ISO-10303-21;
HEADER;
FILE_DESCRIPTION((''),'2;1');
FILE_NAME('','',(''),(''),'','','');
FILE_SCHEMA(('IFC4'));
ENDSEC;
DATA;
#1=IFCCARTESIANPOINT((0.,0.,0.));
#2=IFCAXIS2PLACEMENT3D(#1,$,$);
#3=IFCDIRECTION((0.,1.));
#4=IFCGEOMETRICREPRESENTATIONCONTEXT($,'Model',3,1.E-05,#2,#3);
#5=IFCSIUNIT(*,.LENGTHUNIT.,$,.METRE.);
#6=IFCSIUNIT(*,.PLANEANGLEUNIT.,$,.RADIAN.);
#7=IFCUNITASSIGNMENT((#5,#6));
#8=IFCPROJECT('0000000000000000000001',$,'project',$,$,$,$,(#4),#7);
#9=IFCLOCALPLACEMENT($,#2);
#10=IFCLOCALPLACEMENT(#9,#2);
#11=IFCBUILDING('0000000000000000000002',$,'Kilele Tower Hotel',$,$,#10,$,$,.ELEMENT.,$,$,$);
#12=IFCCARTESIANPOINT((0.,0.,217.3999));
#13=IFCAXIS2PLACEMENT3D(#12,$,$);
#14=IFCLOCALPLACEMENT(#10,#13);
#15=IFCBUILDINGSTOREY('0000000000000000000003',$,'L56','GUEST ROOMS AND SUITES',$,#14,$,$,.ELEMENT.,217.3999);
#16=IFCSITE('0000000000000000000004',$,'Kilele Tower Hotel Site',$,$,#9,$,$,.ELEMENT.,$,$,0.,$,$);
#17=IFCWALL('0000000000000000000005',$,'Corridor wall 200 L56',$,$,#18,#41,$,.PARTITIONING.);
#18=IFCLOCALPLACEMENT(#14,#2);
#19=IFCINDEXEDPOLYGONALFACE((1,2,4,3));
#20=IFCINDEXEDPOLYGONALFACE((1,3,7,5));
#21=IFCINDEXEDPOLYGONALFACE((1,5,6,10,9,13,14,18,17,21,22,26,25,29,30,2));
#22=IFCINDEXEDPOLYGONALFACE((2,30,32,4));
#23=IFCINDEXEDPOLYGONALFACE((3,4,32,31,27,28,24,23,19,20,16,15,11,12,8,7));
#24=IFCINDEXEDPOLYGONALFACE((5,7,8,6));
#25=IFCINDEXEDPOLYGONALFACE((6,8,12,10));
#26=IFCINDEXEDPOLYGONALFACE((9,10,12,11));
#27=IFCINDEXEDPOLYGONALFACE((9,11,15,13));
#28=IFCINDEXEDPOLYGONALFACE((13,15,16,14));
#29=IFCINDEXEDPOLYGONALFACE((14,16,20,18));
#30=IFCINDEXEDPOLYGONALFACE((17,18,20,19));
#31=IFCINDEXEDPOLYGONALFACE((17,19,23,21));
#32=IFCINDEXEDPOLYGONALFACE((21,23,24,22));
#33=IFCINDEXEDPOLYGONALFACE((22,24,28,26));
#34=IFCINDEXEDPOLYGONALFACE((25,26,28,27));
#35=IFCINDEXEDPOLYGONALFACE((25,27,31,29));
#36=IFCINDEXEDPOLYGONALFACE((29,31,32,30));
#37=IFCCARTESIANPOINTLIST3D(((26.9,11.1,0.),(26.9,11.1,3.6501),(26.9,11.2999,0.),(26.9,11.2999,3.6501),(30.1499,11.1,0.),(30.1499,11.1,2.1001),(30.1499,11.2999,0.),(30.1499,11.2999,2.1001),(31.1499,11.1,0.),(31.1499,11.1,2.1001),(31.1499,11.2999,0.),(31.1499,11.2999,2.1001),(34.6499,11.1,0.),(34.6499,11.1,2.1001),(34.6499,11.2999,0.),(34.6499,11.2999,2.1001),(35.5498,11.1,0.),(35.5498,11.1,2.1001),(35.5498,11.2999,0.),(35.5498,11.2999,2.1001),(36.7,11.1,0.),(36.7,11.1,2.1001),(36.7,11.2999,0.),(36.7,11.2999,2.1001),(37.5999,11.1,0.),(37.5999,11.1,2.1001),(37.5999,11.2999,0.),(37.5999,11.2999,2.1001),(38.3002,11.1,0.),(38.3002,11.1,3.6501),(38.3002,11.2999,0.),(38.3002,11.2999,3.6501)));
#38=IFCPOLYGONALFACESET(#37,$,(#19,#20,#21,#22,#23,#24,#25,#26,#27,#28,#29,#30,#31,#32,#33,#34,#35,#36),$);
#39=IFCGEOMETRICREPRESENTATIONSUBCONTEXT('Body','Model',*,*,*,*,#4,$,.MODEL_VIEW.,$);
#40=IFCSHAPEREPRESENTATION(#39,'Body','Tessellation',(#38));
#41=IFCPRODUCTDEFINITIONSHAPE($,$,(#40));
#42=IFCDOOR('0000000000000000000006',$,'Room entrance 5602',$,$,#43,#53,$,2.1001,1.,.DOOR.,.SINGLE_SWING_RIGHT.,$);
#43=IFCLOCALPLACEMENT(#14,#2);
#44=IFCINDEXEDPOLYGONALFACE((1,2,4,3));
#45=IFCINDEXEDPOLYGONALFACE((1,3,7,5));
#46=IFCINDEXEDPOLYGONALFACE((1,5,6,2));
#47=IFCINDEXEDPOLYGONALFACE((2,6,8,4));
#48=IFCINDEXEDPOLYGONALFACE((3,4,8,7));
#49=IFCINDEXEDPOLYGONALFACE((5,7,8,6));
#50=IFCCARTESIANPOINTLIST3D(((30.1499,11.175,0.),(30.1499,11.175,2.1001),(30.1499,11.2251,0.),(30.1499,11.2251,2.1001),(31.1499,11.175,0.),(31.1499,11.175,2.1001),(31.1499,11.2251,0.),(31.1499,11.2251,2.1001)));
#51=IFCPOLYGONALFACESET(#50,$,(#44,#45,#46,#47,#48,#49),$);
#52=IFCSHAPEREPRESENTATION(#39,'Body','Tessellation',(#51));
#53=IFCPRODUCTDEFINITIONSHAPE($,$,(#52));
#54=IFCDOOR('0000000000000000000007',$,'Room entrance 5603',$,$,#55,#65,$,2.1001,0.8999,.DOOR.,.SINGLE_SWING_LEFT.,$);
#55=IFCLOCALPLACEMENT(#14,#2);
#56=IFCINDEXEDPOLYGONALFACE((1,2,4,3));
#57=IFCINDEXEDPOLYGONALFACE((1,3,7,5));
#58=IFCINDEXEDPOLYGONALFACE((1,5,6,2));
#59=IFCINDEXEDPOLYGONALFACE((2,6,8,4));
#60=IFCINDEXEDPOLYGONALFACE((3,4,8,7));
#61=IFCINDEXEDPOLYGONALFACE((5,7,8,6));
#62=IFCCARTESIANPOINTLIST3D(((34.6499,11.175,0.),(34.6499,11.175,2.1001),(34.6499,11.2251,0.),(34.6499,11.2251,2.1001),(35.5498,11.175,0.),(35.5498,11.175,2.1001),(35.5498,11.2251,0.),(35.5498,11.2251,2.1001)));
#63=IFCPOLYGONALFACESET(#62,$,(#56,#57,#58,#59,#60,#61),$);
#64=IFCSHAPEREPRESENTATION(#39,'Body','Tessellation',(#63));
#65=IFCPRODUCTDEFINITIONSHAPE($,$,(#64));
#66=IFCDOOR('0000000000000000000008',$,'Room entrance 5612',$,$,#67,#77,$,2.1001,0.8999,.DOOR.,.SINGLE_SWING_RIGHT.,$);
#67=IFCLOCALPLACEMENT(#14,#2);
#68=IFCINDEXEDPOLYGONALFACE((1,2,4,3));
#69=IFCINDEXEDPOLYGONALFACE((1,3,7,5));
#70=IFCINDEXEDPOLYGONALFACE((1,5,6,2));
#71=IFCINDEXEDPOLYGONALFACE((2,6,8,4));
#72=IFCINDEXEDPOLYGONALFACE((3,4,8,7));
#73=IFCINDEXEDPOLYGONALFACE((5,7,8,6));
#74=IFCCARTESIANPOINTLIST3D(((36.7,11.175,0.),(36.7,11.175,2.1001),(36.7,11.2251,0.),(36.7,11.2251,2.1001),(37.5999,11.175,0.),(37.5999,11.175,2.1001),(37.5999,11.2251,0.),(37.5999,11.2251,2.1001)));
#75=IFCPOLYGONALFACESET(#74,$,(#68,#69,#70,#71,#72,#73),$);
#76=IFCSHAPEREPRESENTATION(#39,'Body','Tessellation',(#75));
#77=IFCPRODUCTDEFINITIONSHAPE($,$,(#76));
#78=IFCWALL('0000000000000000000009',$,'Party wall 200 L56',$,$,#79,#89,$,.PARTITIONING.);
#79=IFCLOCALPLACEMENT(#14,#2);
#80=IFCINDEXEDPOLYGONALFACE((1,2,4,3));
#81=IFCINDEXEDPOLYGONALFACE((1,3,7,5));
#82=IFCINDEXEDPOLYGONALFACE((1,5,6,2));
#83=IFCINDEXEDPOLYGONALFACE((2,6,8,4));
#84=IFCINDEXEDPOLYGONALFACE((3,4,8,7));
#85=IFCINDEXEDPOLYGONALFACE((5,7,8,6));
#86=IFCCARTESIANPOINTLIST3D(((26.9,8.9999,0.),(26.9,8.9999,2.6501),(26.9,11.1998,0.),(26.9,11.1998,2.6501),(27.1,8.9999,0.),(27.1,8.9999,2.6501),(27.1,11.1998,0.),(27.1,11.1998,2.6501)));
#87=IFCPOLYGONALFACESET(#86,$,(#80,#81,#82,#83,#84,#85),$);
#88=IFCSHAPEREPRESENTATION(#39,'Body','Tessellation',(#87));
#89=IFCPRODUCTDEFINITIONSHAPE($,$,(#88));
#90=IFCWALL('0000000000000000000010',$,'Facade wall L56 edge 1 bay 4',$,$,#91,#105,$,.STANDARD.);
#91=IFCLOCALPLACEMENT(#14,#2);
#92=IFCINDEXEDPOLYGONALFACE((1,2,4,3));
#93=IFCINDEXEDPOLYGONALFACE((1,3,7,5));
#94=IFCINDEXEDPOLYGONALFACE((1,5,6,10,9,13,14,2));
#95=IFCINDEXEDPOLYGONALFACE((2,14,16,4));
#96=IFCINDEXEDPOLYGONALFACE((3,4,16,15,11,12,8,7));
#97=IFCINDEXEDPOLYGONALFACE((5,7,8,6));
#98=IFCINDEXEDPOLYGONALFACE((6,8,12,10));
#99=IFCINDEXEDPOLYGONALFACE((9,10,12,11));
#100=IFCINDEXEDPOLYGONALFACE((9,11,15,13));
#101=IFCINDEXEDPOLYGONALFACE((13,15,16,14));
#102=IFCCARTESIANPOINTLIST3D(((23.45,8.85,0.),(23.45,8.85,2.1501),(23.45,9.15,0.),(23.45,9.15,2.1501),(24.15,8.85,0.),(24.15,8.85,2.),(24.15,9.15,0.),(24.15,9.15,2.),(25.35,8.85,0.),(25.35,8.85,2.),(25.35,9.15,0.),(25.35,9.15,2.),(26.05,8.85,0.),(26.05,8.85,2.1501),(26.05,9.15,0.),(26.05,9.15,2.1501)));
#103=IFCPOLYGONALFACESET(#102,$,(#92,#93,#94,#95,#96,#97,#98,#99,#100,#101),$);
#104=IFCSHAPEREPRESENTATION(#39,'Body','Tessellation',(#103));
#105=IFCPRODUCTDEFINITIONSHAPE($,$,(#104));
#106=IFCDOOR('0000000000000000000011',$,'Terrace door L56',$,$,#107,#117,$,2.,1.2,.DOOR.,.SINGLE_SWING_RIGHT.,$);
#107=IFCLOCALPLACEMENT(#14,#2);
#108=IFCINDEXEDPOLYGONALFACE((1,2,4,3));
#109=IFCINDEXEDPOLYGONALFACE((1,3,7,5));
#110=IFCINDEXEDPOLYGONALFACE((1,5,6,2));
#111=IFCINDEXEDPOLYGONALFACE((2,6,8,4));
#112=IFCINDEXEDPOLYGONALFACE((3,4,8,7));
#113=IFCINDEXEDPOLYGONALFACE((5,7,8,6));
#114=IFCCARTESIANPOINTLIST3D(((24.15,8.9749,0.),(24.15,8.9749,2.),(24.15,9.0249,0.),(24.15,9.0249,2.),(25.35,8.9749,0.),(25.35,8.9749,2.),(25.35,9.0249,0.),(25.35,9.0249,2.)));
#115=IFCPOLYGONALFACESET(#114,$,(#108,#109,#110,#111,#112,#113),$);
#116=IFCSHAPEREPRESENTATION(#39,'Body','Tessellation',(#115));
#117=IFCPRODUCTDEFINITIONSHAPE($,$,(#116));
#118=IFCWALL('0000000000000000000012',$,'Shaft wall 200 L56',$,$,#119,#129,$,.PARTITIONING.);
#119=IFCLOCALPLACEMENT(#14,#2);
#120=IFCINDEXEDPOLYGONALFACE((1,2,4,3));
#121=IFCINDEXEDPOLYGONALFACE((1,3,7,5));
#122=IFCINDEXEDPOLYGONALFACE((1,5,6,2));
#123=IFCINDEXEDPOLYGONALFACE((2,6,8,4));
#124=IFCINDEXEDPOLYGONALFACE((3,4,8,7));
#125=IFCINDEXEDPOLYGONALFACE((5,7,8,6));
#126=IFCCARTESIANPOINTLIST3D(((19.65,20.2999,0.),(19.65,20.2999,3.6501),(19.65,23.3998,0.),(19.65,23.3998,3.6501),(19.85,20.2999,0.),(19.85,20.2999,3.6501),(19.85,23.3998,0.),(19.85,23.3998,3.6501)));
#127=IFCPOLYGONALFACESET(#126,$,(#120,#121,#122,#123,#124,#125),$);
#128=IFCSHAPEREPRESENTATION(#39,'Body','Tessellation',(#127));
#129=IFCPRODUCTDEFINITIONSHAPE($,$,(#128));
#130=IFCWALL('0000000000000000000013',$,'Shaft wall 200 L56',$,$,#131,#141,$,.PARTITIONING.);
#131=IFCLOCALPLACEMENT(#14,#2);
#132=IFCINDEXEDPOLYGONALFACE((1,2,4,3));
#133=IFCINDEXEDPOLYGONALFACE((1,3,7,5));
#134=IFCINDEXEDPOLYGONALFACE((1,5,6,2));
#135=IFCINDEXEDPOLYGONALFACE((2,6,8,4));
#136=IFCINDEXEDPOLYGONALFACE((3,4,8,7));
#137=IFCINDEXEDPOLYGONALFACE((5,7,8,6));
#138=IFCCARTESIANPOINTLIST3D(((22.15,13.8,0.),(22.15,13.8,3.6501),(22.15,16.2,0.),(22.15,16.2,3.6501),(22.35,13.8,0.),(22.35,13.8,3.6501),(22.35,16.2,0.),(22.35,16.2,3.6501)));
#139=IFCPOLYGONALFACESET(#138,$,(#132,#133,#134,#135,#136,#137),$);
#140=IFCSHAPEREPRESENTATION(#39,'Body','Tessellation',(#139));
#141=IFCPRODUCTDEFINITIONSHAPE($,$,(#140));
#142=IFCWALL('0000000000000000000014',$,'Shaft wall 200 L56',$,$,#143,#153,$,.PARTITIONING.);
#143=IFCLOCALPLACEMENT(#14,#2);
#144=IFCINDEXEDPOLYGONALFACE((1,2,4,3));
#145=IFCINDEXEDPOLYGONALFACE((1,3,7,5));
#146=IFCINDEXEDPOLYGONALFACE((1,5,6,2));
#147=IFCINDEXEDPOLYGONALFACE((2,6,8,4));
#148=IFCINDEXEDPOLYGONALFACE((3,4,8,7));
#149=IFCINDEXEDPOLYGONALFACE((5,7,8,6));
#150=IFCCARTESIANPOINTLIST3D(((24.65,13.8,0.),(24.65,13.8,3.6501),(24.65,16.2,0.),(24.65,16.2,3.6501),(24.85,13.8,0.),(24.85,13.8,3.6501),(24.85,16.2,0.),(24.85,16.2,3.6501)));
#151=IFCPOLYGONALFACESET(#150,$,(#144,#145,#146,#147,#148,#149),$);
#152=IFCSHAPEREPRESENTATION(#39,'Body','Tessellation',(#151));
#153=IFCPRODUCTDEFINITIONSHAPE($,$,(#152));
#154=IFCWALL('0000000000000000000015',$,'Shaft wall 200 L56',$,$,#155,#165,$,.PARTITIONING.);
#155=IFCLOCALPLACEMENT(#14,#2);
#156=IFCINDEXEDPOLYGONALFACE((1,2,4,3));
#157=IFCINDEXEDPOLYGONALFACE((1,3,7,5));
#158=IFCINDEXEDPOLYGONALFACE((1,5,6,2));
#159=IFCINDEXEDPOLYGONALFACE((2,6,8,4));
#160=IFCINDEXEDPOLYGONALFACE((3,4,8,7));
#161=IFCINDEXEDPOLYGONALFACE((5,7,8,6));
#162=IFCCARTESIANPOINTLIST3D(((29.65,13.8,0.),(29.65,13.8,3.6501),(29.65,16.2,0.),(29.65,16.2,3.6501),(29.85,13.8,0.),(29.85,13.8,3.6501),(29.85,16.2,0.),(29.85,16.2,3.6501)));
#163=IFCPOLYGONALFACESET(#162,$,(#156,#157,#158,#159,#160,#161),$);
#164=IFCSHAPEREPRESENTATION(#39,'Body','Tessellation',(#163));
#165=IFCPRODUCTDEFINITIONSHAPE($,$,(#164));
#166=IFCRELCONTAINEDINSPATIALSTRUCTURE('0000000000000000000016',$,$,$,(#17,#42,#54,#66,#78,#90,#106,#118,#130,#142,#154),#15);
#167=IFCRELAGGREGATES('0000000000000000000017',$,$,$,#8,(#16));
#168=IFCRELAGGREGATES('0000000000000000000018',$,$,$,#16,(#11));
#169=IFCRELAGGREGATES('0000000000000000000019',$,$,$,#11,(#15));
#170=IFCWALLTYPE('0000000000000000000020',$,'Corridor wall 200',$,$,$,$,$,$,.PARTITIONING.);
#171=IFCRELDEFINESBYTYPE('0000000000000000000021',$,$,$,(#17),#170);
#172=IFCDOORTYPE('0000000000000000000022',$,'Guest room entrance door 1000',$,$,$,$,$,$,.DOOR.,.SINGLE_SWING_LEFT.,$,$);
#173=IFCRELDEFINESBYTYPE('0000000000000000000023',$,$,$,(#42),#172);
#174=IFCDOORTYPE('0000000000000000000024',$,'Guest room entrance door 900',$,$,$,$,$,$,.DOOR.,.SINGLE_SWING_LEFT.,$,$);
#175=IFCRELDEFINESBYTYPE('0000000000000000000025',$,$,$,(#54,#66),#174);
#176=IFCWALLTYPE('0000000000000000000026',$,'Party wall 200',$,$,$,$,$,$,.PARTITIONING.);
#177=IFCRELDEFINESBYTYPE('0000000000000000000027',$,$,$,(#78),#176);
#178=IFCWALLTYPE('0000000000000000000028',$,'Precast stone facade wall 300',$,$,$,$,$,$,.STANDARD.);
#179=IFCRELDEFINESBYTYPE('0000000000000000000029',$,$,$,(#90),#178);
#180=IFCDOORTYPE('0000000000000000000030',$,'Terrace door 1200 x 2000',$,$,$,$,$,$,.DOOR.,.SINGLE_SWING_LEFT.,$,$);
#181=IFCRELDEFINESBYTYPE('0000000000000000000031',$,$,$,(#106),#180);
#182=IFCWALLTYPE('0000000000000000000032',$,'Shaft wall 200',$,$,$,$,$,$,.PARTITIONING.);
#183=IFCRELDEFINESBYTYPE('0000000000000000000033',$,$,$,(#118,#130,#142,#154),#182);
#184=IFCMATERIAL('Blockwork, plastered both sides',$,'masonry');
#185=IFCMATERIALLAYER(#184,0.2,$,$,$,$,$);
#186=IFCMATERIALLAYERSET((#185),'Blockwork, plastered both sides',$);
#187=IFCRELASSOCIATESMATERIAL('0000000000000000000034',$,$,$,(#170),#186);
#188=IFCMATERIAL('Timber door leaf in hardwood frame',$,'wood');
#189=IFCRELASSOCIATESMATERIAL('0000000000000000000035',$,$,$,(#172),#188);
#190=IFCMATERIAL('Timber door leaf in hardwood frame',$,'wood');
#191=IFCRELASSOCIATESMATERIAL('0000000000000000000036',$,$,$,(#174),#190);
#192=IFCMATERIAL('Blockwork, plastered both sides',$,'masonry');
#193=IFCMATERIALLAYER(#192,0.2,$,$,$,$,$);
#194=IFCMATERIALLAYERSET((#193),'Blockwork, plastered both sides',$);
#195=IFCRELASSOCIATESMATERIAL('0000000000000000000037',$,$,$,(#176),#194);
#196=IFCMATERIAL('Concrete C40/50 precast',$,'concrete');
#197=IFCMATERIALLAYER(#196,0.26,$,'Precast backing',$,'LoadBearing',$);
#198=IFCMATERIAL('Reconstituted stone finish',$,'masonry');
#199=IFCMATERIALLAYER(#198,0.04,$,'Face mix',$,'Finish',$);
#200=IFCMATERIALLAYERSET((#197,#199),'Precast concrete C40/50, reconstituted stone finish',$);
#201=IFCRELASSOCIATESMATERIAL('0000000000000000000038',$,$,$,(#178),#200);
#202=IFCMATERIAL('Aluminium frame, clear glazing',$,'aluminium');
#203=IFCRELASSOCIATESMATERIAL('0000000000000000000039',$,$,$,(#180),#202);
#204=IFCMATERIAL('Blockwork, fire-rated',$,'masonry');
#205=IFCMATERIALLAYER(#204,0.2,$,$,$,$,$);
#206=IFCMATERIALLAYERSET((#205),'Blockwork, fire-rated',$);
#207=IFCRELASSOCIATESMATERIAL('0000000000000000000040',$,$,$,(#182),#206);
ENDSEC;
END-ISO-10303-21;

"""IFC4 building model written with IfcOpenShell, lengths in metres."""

from ifc_helpers import new_model, si_unit, direction, frame, frame_2d, origin, place, context, subcontext, project, spatial, rectangle, extrude, material, layer, layer_set, type_object, element, fill, save


model = new_model("IFC4")

# Units and contexts
model_context = context("Model", 3, precision=1e-05, world=origin(), true_north=direction((0.0, 1.0)))
body_context = subcontext(model_context, "Body", "Model", "MODEL_VIEW")
ifc_project = project(units=[si_unit("LENGTHUNIT", "METRE"), si_unit("PLANEANGLEUNIT", "RADIAN")], contexts=[model_context])

# Site, building, storey
site_placement = place(None, origin())
site = spatial("IfcSite", under=ifc_project, at=site_placement, Name="Kilele Tower Hotel Site", CompositionType="ELEMENT", RefElevation=0.0)
building_placement = place(site_placement, origin())
building = spatial("IfcBuilding", under=site, at=building_placement, Name="Kilele Tower Hotel", CompositionType="ELEMENT")
storey_placement = place(building_placement, frame((0.0, 0.0, 217.3999)))
storey = spatial("IfcBuildingStorey", under=building, at=storey_placement, Name="L56", Description="GUEST ROOMS AND SUITES", CompositionType="ELEMENT", Elevation=217.3999)

# Wall, openings, doors
ifc_material_1 = material(Name="Blockwork, plastered both sides", Category="masonry")
ifc_layer_1 = layer(ifc_material_1, 0.2)
ifc_layer_set_1 = layer_set([ifc_layer_1], Name="Blockwork, plastered both sides")
wall_type_1 = type_object("IfcWallType", Name="Corridor wall 200", PredefinedType="PARTITIONING", material=ifc_layer_set_1)
wall_1_placement = place(storey_placement, frame((26.8999, 11.2, 0.0), z_axis=(0.0, 0.0, 1.0), x_axis=(1.0, 0.0, 0.0)))
wall_1 = element("IfcWall", 1, at=wall_1_placement, inside=storey, type_object=wall_type_1, Name="Corridor wall 200 L56", PredefinedType="PARTITIONING", context=body_context, shape_type="SweptSolid", body=[
    extrude(rectangle(XDim=11.4001, YDim=0.2, at=frame_2d((5.7002, 0.0))), origin(), (0.0, 0.0, 1.0), 3.6501),
])
opening_1_placement = place(wall_1_placement, frame((4.25, 0.0, 0.0), z_axis=(0.0, 0.0, 1.0), x_axis=(-1.0, 0.0, 0.0)))
opening_1 = element("IfcOpeningElement", 2, at=opening_1_placement, cuts=wall_1, PredefinedType="OPENING", context=body_context, shape_type="SweptSolid", body=[
    extrude(rectangle(XDim=1.0, YDim=2.1001, at=frame_2d((0.5, 1.05))), frame((0.0, 0.1099, 0.0), z_axis=(0.0, -1.0, 0.0), x_axis=(1.0, 0.0, 0.0)), (0.0, 0.0, 1.0), 0.22),
])
opening_2_placement = place(wall_1_placement, frame((8.6499, 0.0, 0.0), z_axis=(0.0, 0.0, 1.0), x_axis=(-1.0, 0.0, 0.0)))
opening_2 = element("IfcOpeningElement", 3, at=opening_2_placement, cuts=wall_1, PredefinedType="OPENING", context=body_context, shape_type="SweptSolid", body=[
    extrude(rectangle(XDim=0.8999, YDim=2.1001, at=frame_2d((0.45, 1.05))), frame((0.0, 0.1099, 0.0), z_axis=(0.0, -1.0, 0.0), x_axis=(1.0, 0.0, 0.0)), (0.0, 0.0, 1.0), 0.22),
])
opening_3_placement = place(wall_1_placement, frame((10.7, 0.0, 0.0), z_axis=(0.0, 0.0, 1.0), x_axis=(-1.0, 0.0, 0.0)))
opening_3 = element("IfcOpeningElement", 4, at=opening_3_placement, cuts=wall_1, PredefinedType="OPENING", context=body_context, shape_type="SweptSolid", body=[
    extrude(rectangle(XDim=0.8999, YDim=2.1001, at=frame_2d((0.45, 1.05))), frame((0.0, 0.1099, 0.0), z_axis=(0.0, -1.0, 0.0), x_axis=(1.0, 0.0, 0.0)), (0.0, 0.0, 1.0), 0.22),
])
ifc_material_2 = material(Name="Timber door leaf in hardwood frame", Category="wood")
door_type_1 = type_object("IfcDoorType", Name="Guest room entrance door 1000", OperationType="SINGLE_SWING_LEFT", PredefinedType="DOOR", material=ifc_material_2)
door_1_placement = place(opening_1_placement, origin())
door_1 = element("IfcDoor", 5, at=door_1_placement, inside=storey, type_object=door_type_1, Name="Room entrance 5602", OperationType="SINGLE_SWING_RIGHT", OverallHeight=2.1001, OverallWidth=1.0, PredefinedType="DOOR", context=body_context, shape_type="SweptSolid", body=[
    extrude(rectangle(XDim=1.0, YDim=2.1001, at=frame_2d((0.5, 1.05))), frame((0.0, 0.0249, 0.0), z_axis=(0.0, -1.0, 0.0), x_axis=(1.0, 0.0, 0.0)), (0.0, 0.0, 1.0), 0.05),
])
fill(opening_1, door_1)
ifc_material_3 = material(Name="Timber door leaf in hardwood frame", Category="wood")
door_type_2 = type_object("IfcDoorType", Name="Guest room entrance door 900", OperationType="SINGLE_SWING_LEFT", PredefinedType="DOOR", material=ifc_material_3)
door_2_placement = place(opening_2_placement, origin())
door_2 = element("IfcDoor", 6, at=door_2_placement, inside=storey, type_object=door_type_2, Name="Room entrance 5603", OperationType="SINGLE_SWING_LEFT", OverallHeight=2.1001, OverallWidth=0.8999, PredefinedType="DOOR", context=body_context, shape_type="SweptSolid", body=[
    extrude(rectangle(XDim=0.8999, YDim=2.1001, at=frame_2d((0.45, 1.05))), frame((0.0, 0.0249, 0.0), z_axis=(0.0, -1.0, 0.0), x_axis=(1.0, 0.0, 0.0)), (0.0, 0.0, 1.0), 0.05),
])
fill(opening_2, door_2)
door_3_placement = place(opening_3_placement, origin())
door_3 = element("IfcDoor", 7, at=door_3_placement, inside=storey, type_object=door_type_2, Name="Room entrance 5612", OperationType="SINGLE_SWING_RIGHT", OverallHeight=2.1001, OverallWidth=0.8999, PredefinedType="DOOR", context=body_context, shape_type="SweptSolid", body=[
    extrude(rectangle(XDim=0.8999, YDim=2.1001, at=frame_2d((0.45, 1.05))), frame((0.0, 0.0249, 0.0), z_axis=(0.0, -1.0, 0.0), x_axis=(1.0, 0.0, 0.0)), (0.0, 0.0, 1.0), 0.05),
])
fill(opening_3, door_3)

# Wall
ifc_material_4 = material(Name="Blockwork, plastered both sides", Category="masonry")
ifc_layer_2 = layer(ifc_material_4, 0.2)
ifc_layer_set_2 = layer_set([ifc_layer_2], Name="Blockwork, plastered both sides")
wall_type_2 = type_object("IfcWallType", Name="Party wall 200", PredefinedType="PARTITIONING", material=ifc_layer_set_2)
wall_2_placement = place(storey_placement, frame((27.0, 11.2, 0.0), z_axis=(0.0, 0.0, 1.0), x_axis=(0.0, -1.0, 0.0)))
element("IfcWall", 8, at=wall_2_placement, inside=storey, type_object=wall_type_2, Name="Party wall 200 L56", PredefinedType="PARTITIONING", context=body_context, shape_type="SweptSolid", body=[
    extrude(rectangle(XDim=2.2, YDim=0.2, at=frame_2d((1.1001, 0.0))), origin(), (0.0, 0.0, 1.0), 2.6501),
])

# Wall, opening, door
ifc_material_5 = material(Name="Concrete C40/50 precast", Category="concrete")
ifc_layer_3 = layer(ifc_material_5, 0.26, Name="Precast backing", Category="LoadBearing")
ifc_material_6 = material(Name="Reconstituted stone finish", Category="masonry")
ifc_layer_4 = layer(ifc_material_6, 0.04, Name="Face mix", Category="Finish")
ifc_layer_set_3 = layer_set([ifc_layer_3, ifc_layer_4], Name="Precast concrete C40/50, reconstituted stone finish")
wall_type_3 = type_object("IfcWallType", Name="Precast stone facade wall 300", PredefinedType="STANDARD", material=ifc_layer_set_3)
wall_3_placement = place(storey_placement, frame((23.45, 9.0, 0.0), z_axis=(0.0, 0.0, 1.0), x_axis=(1.0, 0.0, 0.0)))
wall_3 = element("IfcWall", 9, at=wall_3_placement, inside=storey, type_object=wall_type_3, Name="Facade wall L56 edge 1 bay 4", PredefinedType="STANDARD", context=body_context, shape_type="SweptSolid", body=[
    extrude(rectangle(XDim=2.6001, YDim=0.3, at=frame_2d((1.3, 0.0))), origin(), (0.0, 0.0, 1.0), 2.1501),
])
opening_4_placement = place(wall_3_placement, frame((0.7, 0.0, 0.0)))
opening_4 = element("IfcOpeningElement", 10, at=opening_4_placement, cuts=wall_3, PredefinedType="OPENING", context=body_context, shape_type="SweptSolid", body=[
    extrude(rectangle(XDim=1.2, YDim=2.0, at=frame_2d((0.6001, 1.0))), frame((0.0, 0.1599, 0.0), z_axis=(0.0, -1.0, 0.0), x_axis=(1.0, 0.0, 0.0)), (0.0, 0.0, 1.0), 0.3201),
])
ifc_material_7 = material(Name="Aluminium frame, clear glazing", Category="aluminium")
door_type_3 = type_object("IfcDoorType", Name="Terrace door 1200 x 2000", OperationType="SINGLE_SWING_LEFT", PredefinedType="DOOR", material=ifc_material_7)
door_4_placement = place(opening_4_placement, origin())
door_4 = element("IfcDoor", 11, at=door_4_placement, inside=storey, type_object=door_type_3, Name="Terrace door L56", OperationType="SINGLE_SWING_RIGHT", OverallHeight=2.0, OverallWidth=1.2, PredefinedType="DOOR", context=body_context, shape_type="SweptSolid", body=[
    extrude(rectangle(XDim=1.2, YDim=2.0, at=frame_2d((0.6001, 1.0))), frame((0.0, 0.0249, 0.0), z_axis=(0.0, -1.0, 0.0), x_axis=(1.0, 0.0, 0.0)), (0.0, 0.0, 1.0), 0.05),
])
fill(opening_4, door_4)

# Walls
ifc_material_8 = material(Name="Blockwork, fire-rated", Category="masonry")
ifc_layer_5 = layer(ifc_material_8, 0.2)
ifc_layer_set_4 = layer_set([ifc_layer_5], Name="Blockwork, fire-rated")
wall_type_4 = type_object("IfcWallType", Name="Shaft wall 200", PredefinedType="PARTITIONING", material=ifc_layer_set_4)
wall_4_placement = place(storey_placement, frame((19.75, 20.3, 0.0), z_axis=(0.0, 0.0, 1.0), x_axis=(0.0, 1.0, 0.0)))
element("IfcWall", 12, at=wall_4_placement, inside=storey, type_object=wall_type_4, Name="Shaft wall 200 L56", PredefinedType="PARTITIONING", context=body_context, shape_type="SweptSolid", body=[
    extrude(rectangle(XDim=3.0999, YDim=0.2, at=frame_2d((1.5498, 0.0))), origin(), (0.0, 0.0, 1.0), 3.6501),
])
for number, where, z_axis, x_axis, name in (
    (13, (22.25, 13.8, 0.0), (0.0, 0.0, 1.0), (0.0, 1.0, 0.0), "Shaft wall 200 L56"),
    (14, (24.75, 13.8, 0.0), (0.0, 0.0, 1.0), (0.0, 1.0, 0.0), "Shaft wall 200 L56"),
    (15, (29.75, 13.8, 0.0), (0.0, 0.0, 1.0), (0.0, 1.0, 0.0), "Shaft wall 200 L56"),
):
    element("IfcWall", number, at=place(storey_placement, frame(where, z_axis=z_axis, x_axis=x_axis)), inside=storey, type_object=wall_type_4, Name=name, PredefinedType="PARTITIONING", context=body_context, shape_type="SweptSolid", body=[
        extrude(rectangle(XDim=2.3999, YDim=0.2, at=frame_2d((1.2, 0.0))), origin(), (0.0, 0.0, 1.0), 3.6501),
    ])

save(model, "model.ifc")
